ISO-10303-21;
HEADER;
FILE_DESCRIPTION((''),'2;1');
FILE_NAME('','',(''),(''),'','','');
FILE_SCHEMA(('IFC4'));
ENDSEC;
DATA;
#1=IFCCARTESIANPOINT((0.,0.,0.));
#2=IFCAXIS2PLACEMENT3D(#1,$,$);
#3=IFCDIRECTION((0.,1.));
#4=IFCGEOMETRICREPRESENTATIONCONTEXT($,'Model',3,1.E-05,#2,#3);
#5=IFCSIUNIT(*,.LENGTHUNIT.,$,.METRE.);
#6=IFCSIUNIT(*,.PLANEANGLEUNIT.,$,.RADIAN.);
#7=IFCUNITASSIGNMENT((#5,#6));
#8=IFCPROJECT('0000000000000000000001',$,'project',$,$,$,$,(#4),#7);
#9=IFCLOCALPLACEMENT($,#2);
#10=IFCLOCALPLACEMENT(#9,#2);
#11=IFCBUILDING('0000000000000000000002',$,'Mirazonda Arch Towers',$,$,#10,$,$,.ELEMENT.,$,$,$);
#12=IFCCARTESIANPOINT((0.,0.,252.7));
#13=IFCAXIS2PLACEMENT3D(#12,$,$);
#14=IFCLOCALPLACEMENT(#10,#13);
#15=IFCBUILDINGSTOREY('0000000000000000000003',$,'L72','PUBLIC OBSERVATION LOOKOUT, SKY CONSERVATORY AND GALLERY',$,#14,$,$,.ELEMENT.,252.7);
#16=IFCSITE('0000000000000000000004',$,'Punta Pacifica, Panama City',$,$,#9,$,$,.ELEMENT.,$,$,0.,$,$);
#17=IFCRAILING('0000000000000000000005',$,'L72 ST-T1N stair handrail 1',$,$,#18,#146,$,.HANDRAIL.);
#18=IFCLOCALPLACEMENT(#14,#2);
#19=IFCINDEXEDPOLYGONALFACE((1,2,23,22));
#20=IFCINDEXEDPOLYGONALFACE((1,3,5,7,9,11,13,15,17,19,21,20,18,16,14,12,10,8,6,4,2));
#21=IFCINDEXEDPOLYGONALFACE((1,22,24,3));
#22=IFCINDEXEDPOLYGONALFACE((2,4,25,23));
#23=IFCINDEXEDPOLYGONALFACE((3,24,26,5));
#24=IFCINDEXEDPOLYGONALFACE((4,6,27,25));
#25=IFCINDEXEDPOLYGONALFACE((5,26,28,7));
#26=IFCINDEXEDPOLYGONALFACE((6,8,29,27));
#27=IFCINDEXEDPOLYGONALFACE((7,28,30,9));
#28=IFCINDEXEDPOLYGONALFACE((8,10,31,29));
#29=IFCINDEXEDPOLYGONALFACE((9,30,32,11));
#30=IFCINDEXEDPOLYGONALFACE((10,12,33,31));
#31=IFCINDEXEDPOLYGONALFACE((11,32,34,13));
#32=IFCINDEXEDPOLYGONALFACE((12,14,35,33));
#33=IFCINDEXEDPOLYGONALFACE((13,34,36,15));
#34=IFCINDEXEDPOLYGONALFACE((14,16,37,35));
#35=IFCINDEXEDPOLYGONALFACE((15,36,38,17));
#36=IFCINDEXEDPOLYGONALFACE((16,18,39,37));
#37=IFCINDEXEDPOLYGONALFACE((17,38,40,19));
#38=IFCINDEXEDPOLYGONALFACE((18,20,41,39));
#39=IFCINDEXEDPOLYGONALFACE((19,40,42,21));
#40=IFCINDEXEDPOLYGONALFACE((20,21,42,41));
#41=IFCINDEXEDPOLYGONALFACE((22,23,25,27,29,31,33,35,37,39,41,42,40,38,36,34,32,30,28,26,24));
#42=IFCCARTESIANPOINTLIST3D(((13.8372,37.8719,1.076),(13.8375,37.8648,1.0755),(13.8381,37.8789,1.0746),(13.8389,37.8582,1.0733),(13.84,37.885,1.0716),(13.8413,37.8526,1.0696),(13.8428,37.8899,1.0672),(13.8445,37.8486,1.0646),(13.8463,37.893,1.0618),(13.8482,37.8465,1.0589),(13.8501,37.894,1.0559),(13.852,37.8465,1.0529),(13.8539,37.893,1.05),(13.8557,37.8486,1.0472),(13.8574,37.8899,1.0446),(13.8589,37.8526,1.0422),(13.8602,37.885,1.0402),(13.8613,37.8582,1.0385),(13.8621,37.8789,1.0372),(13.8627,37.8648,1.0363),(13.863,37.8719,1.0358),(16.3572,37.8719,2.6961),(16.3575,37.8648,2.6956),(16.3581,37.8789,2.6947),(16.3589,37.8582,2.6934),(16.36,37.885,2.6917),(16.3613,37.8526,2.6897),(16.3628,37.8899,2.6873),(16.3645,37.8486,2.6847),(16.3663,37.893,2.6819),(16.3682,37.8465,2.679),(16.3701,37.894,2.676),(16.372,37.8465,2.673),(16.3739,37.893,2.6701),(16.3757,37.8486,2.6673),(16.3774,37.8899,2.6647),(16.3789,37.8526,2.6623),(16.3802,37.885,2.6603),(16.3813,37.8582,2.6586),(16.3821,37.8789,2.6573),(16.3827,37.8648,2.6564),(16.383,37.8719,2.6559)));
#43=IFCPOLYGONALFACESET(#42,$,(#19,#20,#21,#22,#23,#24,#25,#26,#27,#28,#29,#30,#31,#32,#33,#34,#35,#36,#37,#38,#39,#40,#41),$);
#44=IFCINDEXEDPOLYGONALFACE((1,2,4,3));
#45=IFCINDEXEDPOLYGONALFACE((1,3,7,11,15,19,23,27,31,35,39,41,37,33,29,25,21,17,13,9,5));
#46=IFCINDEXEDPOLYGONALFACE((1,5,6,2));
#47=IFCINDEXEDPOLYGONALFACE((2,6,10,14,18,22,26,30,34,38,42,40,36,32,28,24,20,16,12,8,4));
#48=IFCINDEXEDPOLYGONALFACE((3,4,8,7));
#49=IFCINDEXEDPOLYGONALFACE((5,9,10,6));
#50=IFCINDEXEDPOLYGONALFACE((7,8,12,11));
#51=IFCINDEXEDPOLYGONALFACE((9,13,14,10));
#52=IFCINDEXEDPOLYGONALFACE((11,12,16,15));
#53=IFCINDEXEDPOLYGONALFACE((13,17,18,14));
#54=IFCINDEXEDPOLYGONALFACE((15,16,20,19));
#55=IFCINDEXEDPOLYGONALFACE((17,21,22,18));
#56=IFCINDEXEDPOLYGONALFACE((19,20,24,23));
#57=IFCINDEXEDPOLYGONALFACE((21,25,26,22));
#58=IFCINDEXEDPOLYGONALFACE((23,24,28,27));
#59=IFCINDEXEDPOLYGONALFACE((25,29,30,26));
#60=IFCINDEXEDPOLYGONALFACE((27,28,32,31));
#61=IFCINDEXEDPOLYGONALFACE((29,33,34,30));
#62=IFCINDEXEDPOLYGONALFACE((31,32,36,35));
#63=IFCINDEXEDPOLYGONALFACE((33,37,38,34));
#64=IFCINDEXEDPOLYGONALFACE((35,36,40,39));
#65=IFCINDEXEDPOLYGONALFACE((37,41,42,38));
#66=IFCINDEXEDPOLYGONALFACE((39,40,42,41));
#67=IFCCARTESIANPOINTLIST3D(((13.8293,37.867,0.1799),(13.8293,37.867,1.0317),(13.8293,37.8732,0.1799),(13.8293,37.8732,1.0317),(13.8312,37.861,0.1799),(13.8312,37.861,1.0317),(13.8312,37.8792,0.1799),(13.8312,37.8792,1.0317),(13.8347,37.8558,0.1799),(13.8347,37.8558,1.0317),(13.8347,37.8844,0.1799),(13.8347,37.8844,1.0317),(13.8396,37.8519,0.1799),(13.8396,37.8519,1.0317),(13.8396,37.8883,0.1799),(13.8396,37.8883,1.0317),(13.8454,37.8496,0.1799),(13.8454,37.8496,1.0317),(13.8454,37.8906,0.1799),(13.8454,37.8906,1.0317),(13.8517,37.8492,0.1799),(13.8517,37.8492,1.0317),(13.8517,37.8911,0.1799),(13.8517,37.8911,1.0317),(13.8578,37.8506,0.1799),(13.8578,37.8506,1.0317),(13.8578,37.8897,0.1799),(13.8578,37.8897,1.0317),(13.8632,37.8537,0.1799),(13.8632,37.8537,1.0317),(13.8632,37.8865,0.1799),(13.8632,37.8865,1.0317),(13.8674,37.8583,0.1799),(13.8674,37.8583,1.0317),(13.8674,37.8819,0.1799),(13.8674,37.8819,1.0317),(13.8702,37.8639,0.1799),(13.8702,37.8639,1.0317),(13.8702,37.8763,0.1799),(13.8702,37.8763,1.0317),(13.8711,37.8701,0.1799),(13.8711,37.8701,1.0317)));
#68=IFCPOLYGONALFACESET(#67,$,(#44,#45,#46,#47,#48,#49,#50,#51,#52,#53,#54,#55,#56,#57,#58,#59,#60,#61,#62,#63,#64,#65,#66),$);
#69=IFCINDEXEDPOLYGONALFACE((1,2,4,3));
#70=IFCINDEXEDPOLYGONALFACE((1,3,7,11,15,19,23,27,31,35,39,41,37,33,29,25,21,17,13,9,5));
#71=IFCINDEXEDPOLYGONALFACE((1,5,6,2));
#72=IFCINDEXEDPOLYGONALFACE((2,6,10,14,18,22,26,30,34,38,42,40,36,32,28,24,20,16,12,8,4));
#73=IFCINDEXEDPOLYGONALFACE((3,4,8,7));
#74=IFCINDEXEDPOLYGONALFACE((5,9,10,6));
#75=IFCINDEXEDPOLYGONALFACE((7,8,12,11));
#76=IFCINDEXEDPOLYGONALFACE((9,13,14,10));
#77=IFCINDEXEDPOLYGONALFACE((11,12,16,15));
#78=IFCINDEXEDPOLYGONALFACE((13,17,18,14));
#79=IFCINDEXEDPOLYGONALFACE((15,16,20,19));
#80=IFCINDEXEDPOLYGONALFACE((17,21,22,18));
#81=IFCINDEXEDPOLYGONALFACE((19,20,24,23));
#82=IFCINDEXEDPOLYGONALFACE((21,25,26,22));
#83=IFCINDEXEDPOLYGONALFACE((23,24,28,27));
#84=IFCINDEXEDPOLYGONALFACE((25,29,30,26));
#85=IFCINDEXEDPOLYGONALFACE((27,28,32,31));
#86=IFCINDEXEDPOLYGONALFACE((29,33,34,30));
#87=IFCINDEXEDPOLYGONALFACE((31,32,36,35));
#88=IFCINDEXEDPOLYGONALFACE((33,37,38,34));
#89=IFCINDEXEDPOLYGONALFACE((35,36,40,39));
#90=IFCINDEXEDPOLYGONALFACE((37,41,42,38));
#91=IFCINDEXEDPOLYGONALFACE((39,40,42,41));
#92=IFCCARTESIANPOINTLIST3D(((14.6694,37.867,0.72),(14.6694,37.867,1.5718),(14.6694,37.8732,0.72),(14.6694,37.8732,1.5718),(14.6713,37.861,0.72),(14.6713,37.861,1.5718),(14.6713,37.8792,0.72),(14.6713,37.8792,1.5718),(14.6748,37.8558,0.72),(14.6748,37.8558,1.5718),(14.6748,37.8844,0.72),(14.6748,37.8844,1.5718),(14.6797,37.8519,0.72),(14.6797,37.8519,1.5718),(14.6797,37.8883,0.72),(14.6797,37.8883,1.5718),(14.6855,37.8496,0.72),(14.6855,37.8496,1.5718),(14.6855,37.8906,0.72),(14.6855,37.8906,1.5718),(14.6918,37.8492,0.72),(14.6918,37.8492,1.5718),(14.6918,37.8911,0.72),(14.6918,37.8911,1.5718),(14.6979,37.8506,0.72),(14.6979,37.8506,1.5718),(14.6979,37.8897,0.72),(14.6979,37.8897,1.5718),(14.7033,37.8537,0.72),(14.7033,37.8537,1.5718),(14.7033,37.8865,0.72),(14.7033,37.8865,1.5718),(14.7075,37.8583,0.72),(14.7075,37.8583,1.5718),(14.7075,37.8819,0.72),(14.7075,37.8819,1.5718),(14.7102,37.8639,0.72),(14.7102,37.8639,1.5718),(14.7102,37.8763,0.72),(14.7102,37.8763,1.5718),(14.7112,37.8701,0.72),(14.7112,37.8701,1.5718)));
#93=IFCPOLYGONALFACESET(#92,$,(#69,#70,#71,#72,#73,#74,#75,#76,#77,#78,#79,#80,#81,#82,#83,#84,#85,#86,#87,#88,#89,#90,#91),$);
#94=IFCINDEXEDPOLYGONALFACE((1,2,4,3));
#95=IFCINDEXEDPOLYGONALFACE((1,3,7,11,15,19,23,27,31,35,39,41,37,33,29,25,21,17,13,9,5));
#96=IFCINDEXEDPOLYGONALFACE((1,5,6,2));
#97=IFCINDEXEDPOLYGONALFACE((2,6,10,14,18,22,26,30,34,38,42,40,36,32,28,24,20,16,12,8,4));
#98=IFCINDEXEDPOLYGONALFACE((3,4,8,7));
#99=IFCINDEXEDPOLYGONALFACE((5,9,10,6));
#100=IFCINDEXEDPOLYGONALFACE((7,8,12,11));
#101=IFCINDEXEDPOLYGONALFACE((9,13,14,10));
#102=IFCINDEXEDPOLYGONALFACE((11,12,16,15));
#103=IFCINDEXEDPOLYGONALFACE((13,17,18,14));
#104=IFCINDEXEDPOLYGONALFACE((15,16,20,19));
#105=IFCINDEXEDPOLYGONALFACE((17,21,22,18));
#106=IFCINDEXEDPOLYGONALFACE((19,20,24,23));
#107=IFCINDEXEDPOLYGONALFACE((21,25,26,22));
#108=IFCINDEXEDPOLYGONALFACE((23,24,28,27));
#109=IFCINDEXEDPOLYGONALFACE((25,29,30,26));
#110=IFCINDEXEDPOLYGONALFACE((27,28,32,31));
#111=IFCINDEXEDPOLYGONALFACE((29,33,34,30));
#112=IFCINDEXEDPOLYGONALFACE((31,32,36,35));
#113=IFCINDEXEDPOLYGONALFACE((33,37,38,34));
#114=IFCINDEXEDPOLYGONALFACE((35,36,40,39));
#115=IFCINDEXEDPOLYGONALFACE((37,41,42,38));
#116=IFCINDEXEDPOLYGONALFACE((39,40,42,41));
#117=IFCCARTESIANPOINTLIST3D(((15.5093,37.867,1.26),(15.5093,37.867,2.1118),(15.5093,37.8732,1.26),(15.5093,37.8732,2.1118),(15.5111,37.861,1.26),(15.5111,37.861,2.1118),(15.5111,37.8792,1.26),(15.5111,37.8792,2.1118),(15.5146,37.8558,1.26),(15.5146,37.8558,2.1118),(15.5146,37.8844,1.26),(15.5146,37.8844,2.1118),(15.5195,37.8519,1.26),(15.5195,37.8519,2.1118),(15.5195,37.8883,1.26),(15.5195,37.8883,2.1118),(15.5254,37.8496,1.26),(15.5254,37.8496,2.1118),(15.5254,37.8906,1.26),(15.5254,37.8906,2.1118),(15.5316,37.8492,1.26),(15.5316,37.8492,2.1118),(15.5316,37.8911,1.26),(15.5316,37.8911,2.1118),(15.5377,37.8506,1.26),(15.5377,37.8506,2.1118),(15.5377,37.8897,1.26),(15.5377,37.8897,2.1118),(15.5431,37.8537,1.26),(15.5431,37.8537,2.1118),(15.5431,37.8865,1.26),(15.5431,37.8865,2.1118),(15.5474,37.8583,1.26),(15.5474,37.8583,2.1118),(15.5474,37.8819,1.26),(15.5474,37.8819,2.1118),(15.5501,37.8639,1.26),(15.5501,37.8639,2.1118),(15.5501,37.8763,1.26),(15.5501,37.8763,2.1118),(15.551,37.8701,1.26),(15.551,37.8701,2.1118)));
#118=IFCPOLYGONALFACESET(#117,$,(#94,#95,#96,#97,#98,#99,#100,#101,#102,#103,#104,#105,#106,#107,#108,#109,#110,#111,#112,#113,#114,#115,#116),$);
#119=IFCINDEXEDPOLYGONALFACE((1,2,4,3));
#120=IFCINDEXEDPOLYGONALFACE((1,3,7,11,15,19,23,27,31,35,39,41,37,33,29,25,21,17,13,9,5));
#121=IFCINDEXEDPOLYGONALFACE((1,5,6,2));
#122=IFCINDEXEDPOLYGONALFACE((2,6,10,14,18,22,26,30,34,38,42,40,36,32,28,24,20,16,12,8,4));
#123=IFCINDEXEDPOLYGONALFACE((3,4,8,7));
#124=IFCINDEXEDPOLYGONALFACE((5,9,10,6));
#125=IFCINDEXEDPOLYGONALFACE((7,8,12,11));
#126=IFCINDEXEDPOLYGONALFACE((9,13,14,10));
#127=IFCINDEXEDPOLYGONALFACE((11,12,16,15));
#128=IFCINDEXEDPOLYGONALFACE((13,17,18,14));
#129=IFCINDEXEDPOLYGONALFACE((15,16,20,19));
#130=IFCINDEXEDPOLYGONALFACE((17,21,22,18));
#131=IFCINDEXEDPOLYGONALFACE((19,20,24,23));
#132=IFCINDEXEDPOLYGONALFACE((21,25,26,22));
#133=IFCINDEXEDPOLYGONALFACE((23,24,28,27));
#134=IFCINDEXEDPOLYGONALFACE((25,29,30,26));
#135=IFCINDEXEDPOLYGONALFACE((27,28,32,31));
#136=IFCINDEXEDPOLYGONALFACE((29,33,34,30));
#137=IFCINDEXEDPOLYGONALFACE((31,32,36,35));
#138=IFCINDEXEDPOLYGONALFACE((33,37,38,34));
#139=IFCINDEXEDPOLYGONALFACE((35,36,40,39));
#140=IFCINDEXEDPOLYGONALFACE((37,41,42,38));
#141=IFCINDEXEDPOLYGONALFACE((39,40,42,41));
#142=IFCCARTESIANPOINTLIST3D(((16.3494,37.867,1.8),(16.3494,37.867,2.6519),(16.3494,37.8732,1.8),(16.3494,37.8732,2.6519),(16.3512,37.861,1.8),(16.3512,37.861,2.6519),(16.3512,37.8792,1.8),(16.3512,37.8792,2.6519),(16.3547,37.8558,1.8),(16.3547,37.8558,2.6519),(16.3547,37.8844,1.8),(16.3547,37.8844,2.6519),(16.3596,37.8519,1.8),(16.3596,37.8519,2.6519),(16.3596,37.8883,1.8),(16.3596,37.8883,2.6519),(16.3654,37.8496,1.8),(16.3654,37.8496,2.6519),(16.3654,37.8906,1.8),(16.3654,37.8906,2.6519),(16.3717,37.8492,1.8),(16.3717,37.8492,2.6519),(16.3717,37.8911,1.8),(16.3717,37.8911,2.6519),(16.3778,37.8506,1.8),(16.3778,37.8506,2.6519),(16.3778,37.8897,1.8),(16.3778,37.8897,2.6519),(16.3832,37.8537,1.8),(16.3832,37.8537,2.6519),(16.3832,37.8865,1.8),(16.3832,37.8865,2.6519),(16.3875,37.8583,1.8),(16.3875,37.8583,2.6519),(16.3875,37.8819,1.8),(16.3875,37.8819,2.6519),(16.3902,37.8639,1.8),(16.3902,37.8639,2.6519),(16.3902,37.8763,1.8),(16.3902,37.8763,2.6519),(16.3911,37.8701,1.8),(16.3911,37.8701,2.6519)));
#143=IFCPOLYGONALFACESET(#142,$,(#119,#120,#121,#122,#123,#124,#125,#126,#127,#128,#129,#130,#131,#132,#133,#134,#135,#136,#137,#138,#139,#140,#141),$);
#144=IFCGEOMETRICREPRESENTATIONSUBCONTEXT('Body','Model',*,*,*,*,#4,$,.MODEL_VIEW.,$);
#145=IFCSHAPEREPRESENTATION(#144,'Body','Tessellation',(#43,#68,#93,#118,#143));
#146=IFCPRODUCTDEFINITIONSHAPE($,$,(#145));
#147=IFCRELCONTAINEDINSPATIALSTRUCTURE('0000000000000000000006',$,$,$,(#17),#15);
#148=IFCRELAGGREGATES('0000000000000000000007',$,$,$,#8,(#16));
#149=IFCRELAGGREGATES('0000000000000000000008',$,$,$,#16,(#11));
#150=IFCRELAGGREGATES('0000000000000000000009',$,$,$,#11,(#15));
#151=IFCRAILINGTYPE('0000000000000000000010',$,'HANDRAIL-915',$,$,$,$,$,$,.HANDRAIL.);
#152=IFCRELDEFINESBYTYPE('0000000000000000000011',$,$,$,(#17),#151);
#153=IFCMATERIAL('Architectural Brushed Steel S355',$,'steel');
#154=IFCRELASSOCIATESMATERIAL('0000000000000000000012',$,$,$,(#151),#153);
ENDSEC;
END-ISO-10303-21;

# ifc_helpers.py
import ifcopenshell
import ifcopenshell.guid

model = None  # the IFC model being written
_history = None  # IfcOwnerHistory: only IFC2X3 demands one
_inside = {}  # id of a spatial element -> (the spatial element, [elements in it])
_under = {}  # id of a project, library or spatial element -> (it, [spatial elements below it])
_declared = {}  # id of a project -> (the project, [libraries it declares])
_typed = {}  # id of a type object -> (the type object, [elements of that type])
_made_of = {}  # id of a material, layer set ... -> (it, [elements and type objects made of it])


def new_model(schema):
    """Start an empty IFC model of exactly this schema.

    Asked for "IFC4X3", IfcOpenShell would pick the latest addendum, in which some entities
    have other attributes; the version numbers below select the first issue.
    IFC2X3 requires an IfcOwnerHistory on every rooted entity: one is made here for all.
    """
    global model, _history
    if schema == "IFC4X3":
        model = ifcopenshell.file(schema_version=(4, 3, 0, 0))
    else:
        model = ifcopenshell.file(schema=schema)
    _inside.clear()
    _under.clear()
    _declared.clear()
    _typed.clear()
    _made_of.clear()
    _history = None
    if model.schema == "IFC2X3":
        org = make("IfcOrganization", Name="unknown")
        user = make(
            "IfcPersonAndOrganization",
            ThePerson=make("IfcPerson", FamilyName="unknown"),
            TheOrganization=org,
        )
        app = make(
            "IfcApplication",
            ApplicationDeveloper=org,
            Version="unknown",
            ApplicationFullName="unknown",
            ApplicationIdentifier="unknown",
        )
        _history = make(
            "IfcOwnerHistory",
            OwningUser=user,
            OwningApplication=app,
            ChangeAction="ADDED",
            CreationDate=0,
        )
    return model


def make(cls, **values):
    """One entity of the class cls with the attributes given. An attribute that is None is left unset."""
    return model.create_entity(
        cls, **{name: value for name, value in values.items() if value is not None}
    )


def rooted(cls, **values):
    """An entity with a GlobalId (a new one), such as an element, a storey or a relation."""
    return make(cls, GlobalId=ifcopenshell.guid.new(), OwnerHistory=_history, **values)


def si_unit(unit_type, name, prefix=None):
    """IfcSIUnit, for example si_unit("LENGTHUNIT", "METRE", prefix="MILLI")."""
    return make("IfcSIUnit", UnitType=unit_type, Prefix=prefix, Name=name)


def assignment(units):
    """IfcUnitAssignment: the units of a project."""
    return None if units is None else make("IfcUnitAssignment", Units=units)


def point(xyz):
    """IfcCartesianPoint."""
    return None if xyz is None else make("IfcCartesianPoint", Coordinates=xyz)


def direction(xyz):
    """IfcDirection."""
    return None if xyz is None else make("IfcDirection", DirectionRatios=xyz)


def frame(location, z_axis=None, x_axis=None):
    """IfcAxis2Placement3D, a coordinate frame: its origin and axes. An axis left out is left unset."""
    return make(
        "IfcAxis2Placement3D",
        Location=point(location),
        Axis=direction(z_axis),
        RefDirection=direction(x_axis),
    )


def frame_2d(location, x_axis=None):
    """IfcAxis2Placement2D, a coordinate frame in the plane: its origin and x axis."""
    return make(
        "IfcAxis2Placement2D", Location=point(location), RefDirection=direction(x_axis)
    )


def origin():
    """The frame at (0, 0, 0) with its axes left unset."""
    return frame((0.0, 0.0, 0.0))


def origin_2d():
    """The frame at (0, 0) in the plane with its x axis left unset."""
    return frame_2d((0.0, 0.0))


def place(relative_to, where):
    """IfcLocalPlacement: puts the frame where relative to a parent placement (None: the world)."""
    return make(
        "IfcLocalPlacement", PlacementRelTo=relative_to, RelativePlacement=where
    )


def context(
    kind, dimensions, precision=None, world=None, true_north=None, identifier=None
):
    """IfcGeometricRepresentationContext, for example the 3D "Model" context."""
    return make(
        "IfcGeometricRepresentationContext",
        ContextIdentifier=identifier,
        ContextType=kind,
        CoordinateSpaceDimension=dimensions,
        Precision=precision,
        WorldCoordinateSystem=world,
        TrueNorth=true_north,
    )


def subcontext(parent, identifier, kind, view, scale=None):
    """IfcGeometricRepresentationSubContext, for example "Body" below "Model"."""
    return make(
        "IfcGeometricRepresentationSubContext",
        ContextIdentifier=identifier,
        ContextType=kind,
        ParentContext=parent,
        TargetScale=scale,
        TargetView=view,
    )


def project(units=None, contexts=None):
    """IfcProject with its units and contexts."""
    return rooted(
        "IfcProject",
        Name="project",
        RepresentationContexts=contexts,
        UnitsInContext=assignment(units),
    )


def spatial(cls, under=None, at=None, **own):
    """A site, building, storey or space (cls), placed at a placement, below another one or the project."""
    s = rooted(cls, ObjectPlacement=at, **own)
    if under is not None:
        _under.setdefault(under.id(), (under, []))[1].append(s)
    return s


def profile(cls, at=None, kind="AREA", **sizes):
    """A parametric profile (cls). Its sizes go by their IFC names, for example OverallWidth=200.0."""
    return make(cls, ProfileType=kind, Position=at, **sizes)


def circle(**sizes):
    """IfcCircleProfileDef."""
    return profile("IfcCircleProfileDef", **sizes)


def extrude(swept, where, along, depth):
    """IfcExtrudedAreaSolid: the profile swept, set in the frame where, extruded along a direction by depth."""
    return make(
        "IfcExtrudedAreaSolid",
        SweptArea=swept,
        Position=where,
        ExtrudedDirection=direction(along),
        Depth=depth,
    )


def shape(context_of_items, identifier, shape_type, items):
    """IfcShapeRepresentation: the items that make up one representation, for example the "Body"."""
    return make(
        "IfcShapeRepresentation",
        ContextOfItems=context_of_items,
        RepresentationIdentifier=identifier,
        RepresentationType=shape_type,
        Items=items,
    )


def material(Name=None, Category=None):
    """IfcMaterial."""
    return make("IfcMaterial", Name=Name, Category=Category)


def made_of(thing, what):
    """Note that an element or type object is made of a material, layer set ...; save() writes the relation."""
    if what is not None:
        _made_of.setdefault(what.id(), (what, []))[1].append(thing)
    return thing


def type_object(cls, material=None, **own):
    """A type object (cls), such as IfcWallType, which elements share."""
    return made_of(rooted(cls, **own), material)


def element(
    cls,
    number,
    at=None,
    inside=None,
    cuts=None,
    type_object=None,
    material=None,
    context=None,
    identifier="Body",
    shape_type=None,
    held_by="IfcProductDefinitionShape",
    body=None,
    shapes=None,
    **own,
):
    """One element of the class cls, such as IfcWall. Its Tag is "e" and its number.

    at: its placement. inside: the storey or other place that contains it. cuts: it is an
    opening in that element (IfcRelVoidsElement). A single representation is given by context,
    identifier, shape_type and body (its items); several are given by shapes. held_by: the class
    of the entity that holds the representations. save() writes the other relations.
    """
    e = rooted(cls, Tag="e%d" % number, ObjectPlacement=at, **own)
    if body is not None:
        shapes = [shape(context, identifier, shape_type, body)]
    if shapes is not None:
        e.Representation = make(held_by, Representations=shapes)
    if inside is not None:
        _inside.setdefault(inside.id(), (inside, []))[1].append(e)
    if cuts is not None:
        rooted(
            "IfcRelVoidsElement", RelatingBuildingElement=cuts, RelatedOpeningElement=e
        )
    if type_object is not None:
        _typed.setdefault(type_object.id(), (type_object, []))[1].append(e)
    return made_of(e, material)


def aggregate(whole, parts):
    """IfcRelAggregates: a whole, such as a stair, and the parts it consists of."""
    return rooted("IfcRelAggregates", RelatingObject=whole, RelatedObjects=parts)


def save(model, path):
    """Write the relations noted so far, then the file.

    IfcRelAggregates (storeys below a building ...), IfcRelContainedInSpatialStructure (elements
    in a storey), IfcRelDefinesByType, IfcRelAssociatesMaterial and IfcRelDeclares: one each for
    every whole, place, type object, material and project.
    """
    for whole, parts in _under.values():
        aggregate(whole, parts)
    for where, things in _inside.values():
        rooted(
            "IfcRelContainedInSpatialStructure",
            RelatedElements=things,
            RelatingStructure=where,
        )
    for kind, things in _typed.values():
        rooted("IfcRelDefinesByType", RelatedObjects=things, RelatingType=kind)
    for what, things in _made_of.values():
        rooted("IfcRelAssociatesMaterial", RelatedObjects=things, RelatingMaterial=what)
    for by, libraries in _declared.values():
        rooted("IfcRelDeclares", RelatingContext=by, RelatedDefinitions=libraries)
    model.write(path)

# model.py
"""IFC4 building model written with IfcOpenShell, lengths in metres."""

from ifc_helpers import new_model, si_unit, direction, frame, origin, origin_2d, place, context, subcontext, project, spatial, circle, extrude, material, type_object, element, save


model = new_model("IFC4")

# Units and contexts
model_context = context("Model", 3, precision=1e-05, world=origin(), true_north=direction((0.0, 1.0)))
body_context = subcontext(model_context, "Body", "Model", "MODEL_VIEW")
ifc_project = project(units=[si_unit("LENGTHUNIT", "METRE"), si_unit("PLANEANGLEUNIT", "RADIAN")], contexts=[model_context])

# Site, building, storey
site_placement = place(None, origin())
site = spatial("IfcSite", under=ifc_project, at=site_placement, Name="Punta Pacifica, Panama City", CompositionType="ELEMENT", RefElevation=0.0)
building_placement = place(site_placement, origin())
building = spatial("IfcBuilding", under=site, at=building_placement, Name="Mirazonda Arch Towers", CompositionType="ELEMENT")
storey_placement = place(building_placement, frame((0.0, 0.0, 252.7)))
storey = spatial("IfcBuildingStorey", under=building, at=storey_placement, Name="L72", Description="PUBLIC OBSERVATION LOOKOUT, SKY CONSERVATORY AND GALLERY", CompositionType="ELEMENT", Elevation=252.7)

# Shared definitions
ifc_material_1 = material(Name="Architectural Brushed Steel S355", Category="steel")

# Railing
railing_type_1 = type_object("IfcRailingType", Name="HANDRAIL-915", PredefinedType="HANDRAIL", material=ifc_material_1)
railing_1_placement = place(storey_placement, frame((13.8501, 37.8701, 0.1799)))
element("IfcRailing", 1, at=railing_1_placement, inside=storey, type_object=railing_type_1, Name="L72 ST-T1N stair handrail 1", PredefinedType="HANDRAIL", context=body_context, shape_type="SweptSolid", body=[
    extrude(circle(Radius=0.0239, at=origin_2d()), frame((0.0, 0.0, 0.876), z_axis=(0.841163, 0.0, 0.540782), x_axis=(0.0, 1.0, 0.0)), (0.0, 0.0, 1.0), 2.9958),
    extrude(circle(Radius=0.021, at=origin_2d()), origin(), (0.0, 0.0, 1.0), 0.8518),
    extrude(circle(Radius=0.021, at=origin_2d()), frame((0.8401, 0.0, 0.54)), (0.0, 0.0, 1.0), 0.8518),
    extrude(circle(Radius=0.021, at=origin_2d()), frame((1.6799, 0.0, 1.0801)), (0.0, 0.0, 1.0), 0.8518),
    extrude(circle(Radius=0.021, at=origin_2d()), frame((2.52, 0.0, 1.6201)), (0.0, 0.0, 1.0), 0.8518),
])

save(model, "model.ifc")
